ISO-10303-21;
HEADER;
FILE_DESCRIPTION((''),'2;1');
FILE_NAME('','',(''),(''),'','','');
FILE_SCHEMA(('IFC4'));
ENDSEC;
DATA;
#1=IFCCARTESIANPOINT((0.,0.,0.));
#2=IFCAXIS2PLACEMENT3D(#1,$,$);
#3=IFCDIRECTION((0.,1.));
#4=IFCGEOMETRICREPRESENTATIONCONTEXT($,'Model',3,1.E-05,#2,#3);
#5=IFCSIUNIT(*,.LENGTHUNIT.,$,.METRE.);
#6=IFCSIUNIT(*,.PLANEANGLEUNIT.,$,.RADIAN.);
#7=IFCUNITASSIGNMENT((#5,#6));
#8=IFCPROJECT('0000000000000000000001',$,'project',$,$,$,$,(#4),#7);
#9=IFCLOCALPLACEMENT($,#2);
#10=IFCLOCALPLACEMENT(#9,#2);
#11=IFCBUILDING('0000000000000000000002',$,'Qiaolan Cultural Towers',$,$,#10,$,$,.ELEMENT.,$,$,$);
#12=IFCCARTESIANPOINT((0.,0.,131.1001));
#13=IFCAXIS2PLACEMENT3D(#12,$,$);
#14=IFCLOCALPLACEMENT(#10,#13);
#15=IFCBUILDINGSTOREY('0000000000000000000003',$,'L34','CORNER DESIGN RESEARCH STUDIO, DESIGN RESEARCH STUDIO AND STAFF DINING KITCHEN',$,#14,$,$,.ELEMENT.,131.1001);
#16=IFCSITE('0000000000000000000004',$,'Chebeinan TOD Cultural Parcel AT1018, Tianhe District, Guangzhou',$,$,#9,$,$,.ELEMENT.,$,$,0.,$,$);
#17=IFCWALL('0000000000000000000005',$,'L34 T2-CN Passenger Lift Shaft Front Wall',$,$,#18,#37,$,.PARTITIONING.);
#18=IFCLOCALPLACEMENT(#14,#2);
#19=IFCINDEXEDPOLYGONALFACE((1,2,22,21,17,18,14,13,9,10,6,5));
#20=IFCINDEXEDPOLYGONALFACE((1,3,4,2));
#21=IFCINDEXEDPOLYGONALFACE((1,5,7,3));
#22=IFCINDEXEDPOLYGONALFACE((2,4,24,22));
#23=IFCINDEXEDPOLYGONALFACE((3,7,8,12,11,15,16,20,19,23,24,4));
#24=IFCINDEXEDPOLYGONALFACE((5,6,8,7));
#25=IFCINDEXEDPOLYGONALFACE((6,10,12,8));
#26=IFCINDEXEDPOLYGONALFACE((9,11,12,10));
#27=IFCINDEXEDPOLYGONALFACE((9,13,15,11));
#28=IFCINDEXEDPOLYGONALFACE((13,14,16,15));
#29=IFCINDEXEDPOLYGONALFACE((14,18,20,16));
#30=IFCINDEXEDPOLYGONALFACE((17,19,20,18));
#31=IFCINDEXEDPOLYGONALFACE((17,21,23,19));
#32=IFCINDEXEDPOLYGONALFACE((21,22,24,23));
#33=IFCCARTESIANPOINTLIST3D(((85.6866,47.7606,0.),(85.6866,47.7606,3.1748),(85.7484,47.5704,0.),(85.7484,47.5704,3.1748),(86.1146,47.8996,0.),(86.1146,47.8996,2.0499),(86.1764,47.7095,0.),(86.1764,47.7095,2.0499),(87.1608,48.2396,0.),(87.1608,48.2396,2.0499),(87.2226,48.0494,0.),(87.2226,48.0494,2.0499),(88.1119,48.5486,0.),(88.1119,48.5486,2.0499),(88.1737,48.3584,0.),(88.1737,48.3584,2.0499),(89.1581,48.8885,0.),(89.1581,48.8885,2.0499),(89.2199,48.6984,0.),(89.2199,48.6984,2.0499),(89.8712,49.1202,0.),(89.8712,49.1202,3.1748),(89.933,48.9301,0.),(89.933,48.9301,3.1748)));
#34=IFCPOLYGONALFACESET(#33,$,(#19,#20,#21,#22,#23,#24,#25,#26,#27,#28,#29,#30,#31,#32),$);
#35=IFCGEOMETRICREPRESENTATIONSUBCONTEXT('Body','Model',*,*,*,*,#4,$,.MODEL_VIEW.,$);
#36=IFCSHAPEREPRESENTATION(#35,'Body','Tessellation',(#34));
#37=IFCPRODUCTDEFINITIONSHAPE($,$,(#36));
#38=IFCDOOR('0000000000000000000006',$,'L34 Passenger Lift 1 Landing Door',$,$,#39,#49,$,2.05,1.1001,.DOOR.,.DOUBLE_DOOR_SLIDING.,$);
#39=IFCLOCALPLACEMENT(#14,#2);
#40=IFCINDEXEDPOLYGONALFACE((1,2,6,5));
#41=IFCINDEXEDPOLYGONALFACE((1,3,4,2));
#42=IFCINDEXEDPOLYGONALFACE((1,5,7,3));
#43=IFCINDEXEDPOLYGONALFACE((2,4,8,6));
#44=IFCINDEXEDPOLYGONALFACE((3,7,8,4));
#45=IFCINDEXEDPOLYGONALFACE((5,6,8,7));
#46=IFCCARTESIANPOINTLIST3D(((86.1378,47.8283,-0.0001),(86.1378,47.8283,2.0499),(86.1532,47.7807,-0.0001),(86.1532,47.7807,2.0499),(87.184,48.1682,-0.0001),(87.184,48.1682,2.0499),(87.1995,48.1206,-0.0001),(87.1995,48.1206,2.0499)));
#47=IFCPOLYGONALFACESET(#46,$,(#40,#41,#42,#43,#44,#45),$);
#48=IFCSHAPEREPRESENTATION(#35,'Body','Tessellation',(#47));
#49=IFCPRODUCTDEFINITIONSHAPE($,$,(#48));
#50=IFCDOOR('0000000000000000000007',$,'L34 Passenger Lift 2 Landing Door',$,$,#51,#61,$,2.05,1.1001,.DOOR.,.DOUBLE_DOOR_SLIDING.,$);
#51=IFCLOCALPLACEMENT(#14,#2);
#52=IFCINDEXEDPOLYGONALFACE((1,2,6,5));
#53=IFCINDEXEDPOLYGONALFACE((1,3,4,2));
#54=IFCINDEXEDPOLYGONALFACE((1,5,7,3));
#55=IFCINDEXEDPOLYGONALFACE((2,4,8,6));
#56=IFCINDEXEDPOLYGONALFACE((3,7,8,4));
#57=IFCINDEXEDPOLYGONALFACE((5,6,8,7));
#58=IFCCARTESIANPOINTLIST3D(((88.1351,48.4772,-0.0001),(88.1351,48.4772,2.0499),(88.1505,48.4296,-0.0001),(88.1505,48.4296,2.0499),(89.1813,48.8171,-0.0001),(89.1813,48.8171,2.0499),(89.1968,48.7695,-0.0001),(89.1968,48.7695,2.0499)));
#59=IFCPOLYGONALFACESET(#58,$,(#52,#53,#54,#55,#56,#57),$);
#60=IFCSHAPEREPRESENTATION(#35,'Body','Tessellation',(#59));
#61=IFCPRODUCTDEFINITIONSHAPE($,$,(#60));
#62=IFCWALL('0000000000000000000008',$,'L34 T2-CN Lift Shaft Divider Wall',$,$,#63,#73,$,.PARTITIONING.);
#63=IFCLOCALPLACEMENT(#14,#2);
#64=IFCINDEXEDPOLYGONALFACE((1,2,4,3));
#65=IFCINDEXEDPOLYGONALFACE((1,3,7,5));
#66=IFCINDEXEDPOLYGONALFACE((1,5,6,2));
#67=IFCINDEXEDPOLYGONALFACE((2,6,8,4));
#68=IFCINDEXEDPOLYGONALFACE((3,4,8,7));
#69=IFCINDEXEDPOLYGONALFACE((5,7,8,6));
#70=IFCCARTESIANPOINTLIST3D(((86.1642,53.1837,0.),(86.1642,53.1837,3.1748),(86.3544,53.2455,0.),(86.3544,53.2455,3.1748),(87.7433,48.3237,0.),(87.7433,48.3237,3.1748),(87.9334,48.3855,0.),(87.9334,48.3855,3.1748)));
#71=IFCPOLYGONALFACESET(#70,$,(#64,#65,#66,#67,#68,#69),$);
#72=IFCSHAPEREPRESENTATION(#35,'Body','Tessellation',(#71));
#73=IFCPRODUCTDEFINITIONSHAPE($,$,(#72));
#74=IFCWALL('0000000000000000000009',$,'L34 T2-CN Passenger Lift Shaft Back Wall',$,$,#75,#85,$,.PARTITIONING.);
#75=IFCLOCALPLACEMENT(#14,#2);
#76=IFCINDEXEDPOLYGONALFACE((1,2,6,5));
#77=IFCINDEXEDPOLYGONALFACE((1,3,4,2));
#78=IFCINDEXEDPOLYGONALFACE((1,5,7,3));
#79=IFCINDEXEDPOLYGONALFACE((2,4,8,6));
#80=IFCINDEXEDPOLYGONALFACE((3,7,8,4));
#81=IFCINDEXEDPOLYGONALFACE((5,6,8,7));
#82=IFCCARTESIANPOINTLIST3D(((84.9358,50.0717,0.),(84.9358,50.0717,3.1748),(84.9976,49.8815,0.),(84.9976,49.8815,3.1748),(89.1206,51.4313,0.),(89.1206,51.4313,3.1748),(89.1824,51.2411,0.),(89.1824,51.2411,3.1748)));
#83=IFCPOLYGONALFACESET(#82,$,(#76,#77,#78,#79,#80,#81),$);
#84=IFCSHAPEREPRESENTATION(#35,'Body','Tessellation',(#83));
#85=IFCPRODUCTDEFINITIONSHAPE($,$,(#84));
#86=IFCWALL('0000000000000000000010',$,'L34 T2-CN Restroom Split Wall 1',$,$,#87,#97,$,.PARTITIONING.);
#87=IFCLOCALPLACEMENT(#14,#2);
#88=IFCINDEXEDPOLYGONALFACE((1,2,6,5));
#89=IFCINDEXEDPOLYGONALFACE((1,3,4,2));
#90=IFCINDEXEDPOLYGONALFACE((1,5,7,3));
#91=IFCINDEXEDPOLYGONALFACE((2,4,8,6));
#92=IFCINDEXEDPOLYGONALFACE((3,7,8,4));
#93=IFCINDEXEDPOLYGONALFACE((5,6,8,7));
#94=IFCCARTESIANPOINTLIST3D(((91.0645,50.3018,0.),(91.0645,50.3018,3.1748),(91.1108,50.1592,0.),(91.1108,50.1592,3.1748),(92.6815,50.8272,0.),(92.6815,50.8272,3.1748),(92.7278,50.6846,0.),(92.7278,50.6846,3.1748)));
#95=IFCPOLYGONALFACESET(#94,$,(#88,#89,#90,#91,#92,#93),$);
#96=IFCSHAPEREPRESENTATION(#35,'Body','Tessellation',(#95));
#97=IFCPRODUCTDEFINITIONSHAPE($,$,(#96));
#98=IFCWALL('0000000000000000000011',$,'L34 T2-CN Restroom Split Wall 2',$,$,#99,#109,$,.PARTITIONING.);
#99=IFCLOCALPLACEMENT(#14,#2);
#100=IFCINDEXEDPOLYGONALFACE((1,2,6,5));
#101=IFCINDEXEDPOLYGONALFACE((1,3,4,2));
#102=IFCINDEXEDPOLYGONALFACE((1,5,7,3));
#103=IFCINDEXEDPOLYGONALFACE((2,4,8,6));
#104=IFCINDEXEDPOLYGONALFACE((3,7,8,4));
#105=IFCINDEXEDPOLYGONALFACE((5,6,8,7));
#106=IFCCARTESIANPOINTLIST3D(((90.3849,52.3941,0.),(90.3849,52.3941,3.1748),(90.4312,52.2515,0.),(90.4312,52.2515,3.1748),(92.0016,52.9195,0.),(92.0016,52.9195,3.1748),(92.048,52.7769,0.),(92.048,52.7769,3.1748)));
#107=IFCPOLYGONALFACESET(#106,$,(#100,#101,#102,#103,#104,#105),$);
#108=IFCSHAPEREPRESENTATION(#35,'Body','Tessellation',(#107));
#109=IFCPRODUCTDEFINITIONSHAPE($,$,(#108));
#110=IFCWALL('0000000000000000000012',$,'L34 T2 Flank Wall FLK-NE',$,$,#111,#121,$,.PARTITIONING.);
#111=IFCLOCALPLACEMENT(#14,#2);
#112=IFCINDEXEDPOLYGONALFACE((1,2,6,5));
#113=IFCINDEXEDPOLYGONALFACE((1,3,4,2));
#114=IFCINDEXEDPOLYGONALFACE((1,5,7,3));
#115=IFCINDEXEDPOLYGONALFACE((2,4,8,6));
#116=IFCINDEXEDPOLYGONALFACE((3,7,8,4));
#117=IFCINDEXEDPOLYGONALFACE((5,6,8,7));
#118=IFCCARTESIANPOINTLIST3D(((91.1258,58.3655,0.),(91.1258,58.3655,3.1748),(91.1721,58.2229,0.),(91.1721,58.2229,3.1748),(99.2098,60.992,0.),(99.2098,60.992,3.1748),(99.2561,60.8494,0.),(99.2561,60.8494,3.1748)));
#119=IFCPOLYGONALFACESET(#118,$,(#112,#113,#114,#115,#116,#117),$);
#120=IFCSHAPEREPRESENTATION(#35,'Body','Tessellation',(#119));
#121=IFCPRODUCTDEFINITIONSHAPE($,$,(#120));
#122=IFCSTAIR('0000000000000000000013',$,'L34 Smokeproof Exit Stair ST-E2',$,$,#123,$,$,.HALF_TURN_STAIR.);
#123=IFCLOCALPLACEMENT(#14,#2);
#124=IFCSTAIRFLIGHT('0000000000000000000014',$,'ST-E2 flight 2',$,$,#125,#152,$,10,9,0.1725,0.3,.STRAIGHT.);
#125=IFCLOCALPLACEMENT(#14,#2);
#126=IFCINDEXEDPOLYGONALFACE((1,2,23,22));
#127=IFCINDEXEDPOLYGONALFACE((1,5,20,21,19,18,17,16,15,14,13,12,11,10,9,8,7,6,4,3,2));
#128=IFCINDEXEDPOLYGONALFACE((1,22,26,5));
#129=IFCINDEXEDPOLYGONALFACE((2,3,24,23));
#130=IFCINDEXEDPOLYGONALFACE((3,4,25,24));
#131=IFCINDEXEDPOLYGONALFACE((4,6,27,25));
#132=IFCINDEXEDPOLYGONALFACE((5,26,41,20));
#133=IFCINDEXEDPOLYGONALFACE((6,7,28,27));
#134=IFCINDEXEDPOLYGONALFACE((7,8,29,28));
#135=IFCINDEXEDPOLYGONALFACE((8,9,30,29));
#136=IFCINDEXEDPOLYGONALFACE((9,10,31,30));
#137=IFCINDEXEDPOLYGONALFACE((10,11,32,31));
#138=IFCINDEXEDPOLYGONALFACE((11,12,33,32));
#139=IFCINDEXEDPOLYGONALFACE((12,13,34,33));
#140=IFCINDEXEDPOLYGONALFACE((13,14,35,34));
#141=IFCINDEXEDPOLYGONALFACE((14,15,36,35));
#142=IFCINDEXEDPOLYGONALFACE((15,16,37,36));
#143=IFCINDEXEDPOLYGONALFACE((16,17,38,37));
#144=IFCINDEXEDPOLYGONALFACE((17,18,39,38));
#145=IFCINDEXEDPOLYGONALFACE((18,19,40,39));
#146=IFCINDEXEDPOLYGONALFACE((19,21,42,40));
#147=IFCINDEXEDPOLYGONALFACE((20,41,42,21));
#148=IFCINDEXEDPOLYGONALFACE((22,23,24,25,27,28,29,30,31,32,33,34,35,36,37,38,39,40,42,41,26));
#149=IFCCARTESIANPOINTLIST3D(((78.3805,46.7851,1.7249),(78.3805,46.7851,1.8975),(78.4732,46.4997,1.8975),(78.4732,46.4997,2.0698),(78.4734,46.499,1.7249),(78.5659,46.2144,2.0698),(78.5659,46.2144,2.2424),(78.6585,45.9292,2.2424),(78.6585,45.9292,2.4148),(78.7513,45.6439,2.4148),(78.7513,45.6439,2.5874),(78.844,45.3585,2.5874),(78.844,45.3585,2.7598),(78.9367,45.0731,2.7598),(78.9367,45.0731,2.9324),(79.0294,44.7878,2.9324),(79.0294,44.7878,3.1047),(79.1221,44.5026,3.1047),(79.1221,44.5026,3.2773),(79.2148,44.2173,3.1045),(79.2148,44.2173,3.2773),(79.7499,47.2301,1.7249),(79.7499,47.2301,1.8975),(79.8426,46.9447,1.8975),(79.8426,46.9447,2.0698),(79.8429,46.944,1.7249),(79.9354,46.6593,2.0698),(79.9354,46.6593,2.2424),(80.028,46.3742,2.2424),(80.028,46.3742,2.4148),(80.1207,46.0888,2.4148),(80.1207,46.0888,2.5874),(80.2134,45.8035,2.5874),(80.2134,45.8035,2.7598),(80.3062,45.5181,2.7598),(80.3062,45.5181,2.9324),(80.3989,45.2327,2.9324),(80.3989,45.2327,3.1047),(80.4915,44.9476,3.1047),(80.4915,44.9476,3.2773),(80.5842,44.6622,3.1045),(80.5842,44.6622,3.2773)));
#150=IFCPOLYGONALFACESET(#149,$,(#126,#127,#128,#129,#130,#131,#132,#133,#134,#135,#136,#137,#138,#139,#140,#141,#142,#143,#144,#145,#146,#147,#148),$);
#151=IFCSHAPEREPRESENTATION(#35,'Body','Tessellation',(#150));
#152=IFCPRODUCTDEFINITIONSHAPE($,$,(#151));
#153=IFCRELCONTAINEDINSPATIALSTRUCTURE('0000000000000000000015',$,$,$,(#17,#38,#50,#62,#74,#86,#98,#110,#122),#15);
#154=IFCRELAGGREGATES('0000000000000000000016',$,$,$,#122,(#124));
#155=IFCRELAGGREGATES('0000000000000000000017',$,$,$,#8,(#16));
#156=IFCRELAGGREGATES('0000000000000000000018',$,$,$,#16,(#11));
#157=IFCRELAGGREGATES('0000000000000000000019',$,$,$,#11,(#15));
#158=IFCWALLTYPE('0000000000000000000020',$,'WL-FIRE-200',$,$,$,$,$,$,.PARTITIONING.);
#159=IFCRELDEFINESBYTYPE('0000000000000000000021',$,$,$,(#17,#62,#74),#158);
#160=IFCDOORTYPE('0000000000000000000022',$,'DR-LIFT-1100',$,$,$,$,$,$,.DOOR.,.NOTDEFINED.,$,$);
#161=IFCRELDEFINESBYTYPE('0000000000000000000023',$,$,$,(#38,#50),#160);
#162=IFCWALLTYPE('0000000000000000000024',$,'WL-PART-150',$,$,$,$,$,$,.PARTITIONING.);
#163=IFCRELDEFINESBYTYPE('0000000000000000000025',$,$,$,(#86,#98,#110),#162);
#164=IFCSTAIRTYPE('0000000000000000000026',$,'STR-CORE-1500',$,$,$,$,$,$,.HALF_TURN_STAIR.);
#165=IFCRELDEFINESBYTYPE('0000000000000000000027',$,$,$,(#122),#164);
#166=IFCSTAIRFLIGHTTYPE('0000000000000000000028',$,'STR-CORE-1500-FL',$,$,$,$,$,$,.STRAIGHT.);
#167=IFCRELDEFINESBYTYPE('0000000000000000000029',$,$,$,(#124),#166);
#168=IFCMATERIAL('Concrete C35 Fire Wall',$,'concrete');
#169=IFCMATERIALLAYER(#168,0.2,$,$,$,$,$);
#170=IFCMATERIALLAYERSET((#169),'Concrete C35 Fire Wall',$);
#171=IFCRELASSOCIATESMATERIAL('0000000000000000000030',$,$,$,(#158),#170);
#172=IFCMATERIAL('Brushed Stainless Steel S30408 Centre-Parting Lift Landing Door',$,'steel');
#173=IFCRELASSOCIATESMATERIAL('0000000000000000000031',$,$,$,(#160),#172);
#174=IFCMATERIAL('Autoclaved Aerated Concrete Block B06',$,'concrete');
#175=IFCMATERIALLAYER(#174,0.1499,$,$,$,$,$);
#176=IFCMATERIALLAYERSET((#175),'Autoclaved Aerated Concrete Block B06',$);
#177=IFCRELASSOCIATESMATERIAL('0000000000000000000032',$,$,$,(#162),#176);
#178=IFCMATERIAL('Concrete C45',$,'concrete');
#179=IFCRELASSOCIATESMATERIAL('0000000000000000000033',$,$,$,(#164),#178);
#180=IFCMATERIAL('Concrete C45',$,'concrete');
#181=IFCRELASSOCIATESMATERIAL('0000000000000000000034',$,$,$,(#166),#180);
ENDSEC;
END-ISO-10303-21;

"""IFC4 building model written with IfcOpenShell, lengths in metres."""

from ifc_helpers import new_model, si_unit, direction, frame, frame_2d, origin, place, context, subcontext, project, spatial, polyline, rectangle, outline, extrude, material, layer, layer_set, type_object, element, fill, aggregate, save


model = new_model("IFC4")

# Units and contexts
model_context = context("Model", 3, precision=1e-05, world=origin(), true_north=direction((0.0, 1.0)))
body_context = subcontext(model_context, "Body", "Model", "MODEL_VIEW")
ifc_project = project(units=[si_unit("LENGTHUNIT", "METRE"), si_unit("PLANEANGLEUNIT", "RADIAN")], contexts=[model_context])

# Site, building, storey
site_placement = place(None, origin())
site = spatial("IfcSite", under=ifc_project, at=site_placement, Name="Chebeinan TOD Cultural Parcel AT1018, Tianhe District, Guangzhou", CompositionType="ELEMENT", RefElevation=0.0)
building_placement = place(site_placement, origin())
building = spatial("IfcBuilding", under=site, at=building_placement, Name="Qiaolan Cultural Towers", CompositionType="ELEMENT")
storey_placement = place(building_placement, frame((0.0, 0.0, 131.1001)))
storey = spatial("IfcBuildingStorey", under=building, at=storey_placement, Name="L34", Description="CORNER DESIGN RESEARCH STUDIO, DESIGN RESEARCH STUDIO AND STAFF DINING KITCHEN", CompositionType="ELEMENT", Elevation=131.1001)

# Shared definitions
ifc_material_1 = material(Name="Concrete C35 Fire Wall", Category="concrete")
ifc_layer_1 = layer(ifc_material_1, 0.2)
ifc_layer_set_1 = layer_set([ifc_layer_1], Name="Concrete C35 Fire Wall")
wall_type_1 = type_object("IfcWallType", Name="WL-FIRE-200", PredefinedType="PARTITIONING", material=ifc_layer_set_1)
ifc_material_2 = material(Name="Brushed Stainless Steel S30408 Centre-Parting Lift Landing Door", Category="steel")
door_type = type_object("IfcDoorType", Name="DR-LIFT-1100", OperationType="NOTDEFINED", PredefinedType="DOOR", material=ifc_material_2)

# Wall, openings, doors
wall_1_placement = place(storey_placement, frame((85.7175, 47.6655, 0.0), z_axis=(0.0, 0.0, 1.0), x_axis=(0.951059, 0.309011, 0.0)))
wall_1 = element("IfcWall", 1, at=wall_1_placement, inside=storey, type_object=wall_type_1, Name="L34 T2-CN Passenger Lift Shaft Front Wall", PredefinedType="PARTITIONING", context=body_context, shape_type="SweptSolid", body=[
    extrude(rectangle(XDim=4.3999, YDim=0.2, at=frame_2d((2.2, 0.0))), origin(), (0.0, 0.0, 1.0), 3.1748),
])
opening_1_placement = place(wall_1_placement, frame((0.45, 0.0, 0.0)))
opening_1 = element("IfcOpeningElement", 2, at=opening_1_placement, cuts=wall_1, PredefinedType="OPENING", context=body_context, shape_type="SweptSolid", body=[
    extrude(rectangle(XDim=1.1001, YDim=2.05, at=frame_2d((0.55, 1.0249))), frame((0.0, 0.1099, 0.0), z_axis=(0.0, -1.0, 0.0), x_axis=(1.0, 0.0, 0.0)), (0.0, 0.0, 1.0), 0.22),
])
opening_2_placement = place(wall_1_placement, frame((2.55, 0.0, 0.0)))
opening_2 = element("IfcOpeningElement", 3, at=opening_2_placement, cuts=wall_1, PredefinedType="OPENING", context=body_context, shape_type="SweptSolid", body=[
    extrude(rectangle(XDim=1.1001, YDim=2.05, at=frame_2d((0.55, 1.0249))), frame((0.0, 0.1099, 0.0), z_axis=(0.0, -1.0, 0.0), x_axis=(1.0, 0.0, 0.0)), (0.0, 0.0, 1.0), 0.22),
])
door_1_placement = place(opening_1_placement, origin())
door_1 = element("IfcDoor", 4, at=door_1_placement, inside=storey, type_object=door_type, Name="L34 Passenger Lift 1 Landing Door", OperationType="DOUBLE_DOOR_SLIDING", OverallHeight=2.05, OverallWidth=1.1001, PredefinedType="DOOR", context=body_context, shape_type="SweptSolid", body=[
    extrude(rectangle(XDim=1.1001, YDim=2.05, at=frame_2d((0.55, 1.0249))), frame((0.0, 0.0249, 0.0), z_axis=(0.0, -1.0, 0.0), x_axis=(1.0, 0.0, 0.0)), (0.0, 0.0, 1.0), 0.05),
])
fill(opening_1, door_1)
door_2_placement = place(opening_2_placement, origin())
door_2 = element("IfcDoor", 5, at=door_2_placement, inside=storey, type_object=door_type, Name="L34 Passenger Lift 2 Landing Door", OperationType="DOUBLE_DOOR_SLIDING", OverallHeight=2.05, OverallWidth=1.1001, PredefinedType="DOOR", context=body_context, shape_type="SweptSolid", body=[
    extrude(rectangle(XDim=1.1001, YDim=2.05, at=frame_2d((0.55, 1.0249))), frame((0.0, 0.0249, 0.0), z_axis=(0.0, -1.0, 0.0), x_axis=(1.0, 0.0, 0.0)), (0.0, 0.0, 1.0), 0.05),
])
fill(opening_2, door_2)

# Walls
wall_2_placement = place(storey_placement, frame((87.8384, 48.3545, 0.0), z_axis=(0.0, 0.0, 1.0), x_axis=(-0.309009, 0.951059, 0.0)))
element("IfcWall", 6, at=wall_2_placement, inside=storey, type_object=wall_type_1, Name="L34 T2-CN Lift Shaft Divider Wall", PredefinedType="PARTITIONING", context=body_context, shape_type="SweptSolid", body=[
    extrude(rectangle(XDim=5.1101, YDim=0.2, at=frame_2d((2.5552, 0.0))), origin(), (0.0, 0.0, 1.0), 3.1748),
])
wall_3_placement = place(storey_placement, frame((84.9666, 49.9766, 0.0), z_axis=(0.0, 0.0, 1.0), x_axis=(0.951064, 0.308994, 0.0)))
element("IfcWall", 7, at=wall_3_placement, inside=storey, type_object=wall_type_1, Name="L34 T2-CN Passenger Lift Shaft Back Wall", PredefinedType="PARTITIONING", context=body_context, shape_type="SweptSolid", body=[
    extrude(rectangle(XDim=4.4001, YDim=0.2, at=frame_2d((2.2002, 0.0))), origin(), (0.0, 0.0, 1.0), 3.1748),
])
ifc_material_3 = material(Name="Autoclaved Aerated Concrete Block B06", Category="concrete")
ifc_layer_2 = layer(ifc_material_3, 0.1499)
ifc_layer_set_2 = layer_set([ifc_layer_2], Name="Autoclaved Aerated Concrete Block B06")
wall_type_2 = type_object("IfcWallType", Name="WL-PART-150", PredefinedType="PARTITIONING", material=ifc_layer_set_2)
wall_4_placement = place(storey_placement, frame((91.0876, 50.2305, 0.0), z_axis=(0.0, 0.0, 1.0), x_axis=(0.951054, 0.309024, 0.0)))
element("IfcWall", 8, at=wall_4_placement, inside=storey, type_object=wall_type_2, Name="L34 T2-CN Restroom Split Wall 1", PredefinedType="PARTITIONING", context=body_context, shape_type="SweptSolid", body=[
    extrude(rectangle(XDim=1.7002, YDim=0.1499, at=frame_2d((0.8501, 0.0))), origin(), (0.0, 0.0, 1.0), 3.1748),
])
wall_5_placement = place(storey_placement, frame((90.408, 52.3228, 0.0), z_axis=(0.0, 0.0, 1.0), x_axis=(0.95104, 0.309067, 0.0)))
element("IfcWall", 9, at=wall_5_placement, inside=storey, type_object=wall_type_2, Name="L34 T2-CN Restroom Split Wall 2", PredefinedType="PARTITIONING", context=body_context, shape_type="SweptSolid", body=[
    extrude(rectangle(XDim=1.7, YDim=0.1499, at=frame_2d((0.8501, 0.0))), origin(), (0.0, 0.0, 1.0), 3.1748),
])
wall_6_placement = place(storey_placement, frame((91.1489, 58.2942, 0.0), z_axis=(0.0, 0.0, 1.0), x_axis=(0.951063, 0.308998, 0.0)))
element("IfcWall", 10, at=wall_6_placement, inside=storey, type_object=wall_type_2, Name="L34 T2 Flank Wall FLK-NE", PredefinedType="PARTITIONING", context=body_context, shape_type="SweptSolid", body=[
    extrude(rectangle(XDim=8.5, YDim=0.1499, at=frame_2d((4.25, 0.0))), origin(), (0.0, 0.0, 1.0), 3.1748),
])

# Stair, stair flight
ifc_material_4 = material(Name="Concrete C45", Category="concrete")
stair_type = type_object("IfcStairType", Name="STR-CORE-1500", PredefinedType="HALF_TURN_STAIR", material=ifc_material_4)
stair_placement = place(storey_placement, origin())
stair = element("IfcStair", 11, at=stair_placement, inside=storey, type_object=stair_type, Name="L34 Smokeproof Exit Stair ST-E2", PredefinedType="HALF_TURN_STAIR")
ifc_material_5 = material(Name="Concrete C45", Category="concrete")
stair_flight_type = type_object("IfcStairFlightType", Name="STR-CORE-1500-FL", PredefinedType="STRAIGHT", material=ifc_material_5)
stair_flight_placement = place(storey_placement, frame((79.0652, 47.0076, 1.7249), z_axis=(0.0, 0.0, 1.0), x_axis=(0.309017, -0.951057, 0.0)))
stair_flight = element("IfcStairFlight", 12, at=stair_flight_placement, type_object=stair_flight_type, Name="ST-E2 flight 2", NumberOfRisers=10, NumberOfTreads=9, PredefinedType="STRAIGHT", RiserHeight=0.1725, TreadLength=0.3, context=body_context, shape_type="SweptSolid", body=[
    extrude(outline(polyline([(0.0, 0.0), (0.0, 0.1726), (0.3, 0.1726), (0.3, 0.345), (0.6001, 0.345), (0.6001, 0.5176), (0.8999, 0.5176), (0.8999, 0.6899), (1.2, 0.6899), (1.2, 0.8625), (1.5, 0.8625), (1.5, 1.0349), (1.8, 1.0349), (1.8, 1.2075), (2.1001, 1.2075), (2.1001, 1.3799), (2.3999, 1.3799), (2.3999, 1.5525), (2.7, 1.5525), (2.7, 1.7251), (2.7, 1.3796), (0.3008, 0.0), (0.0, 0.0)])), frame((0.0, 0.72, 0.0), z_axis=(0.0, -1.0, 0.0), x_axis=(1.0, 0.0, 0.0)), (0.0, 0.0, 1.0), 1.4399),
])
aggregate(stair, [stair_flight])

save(model, "model.ifc")
